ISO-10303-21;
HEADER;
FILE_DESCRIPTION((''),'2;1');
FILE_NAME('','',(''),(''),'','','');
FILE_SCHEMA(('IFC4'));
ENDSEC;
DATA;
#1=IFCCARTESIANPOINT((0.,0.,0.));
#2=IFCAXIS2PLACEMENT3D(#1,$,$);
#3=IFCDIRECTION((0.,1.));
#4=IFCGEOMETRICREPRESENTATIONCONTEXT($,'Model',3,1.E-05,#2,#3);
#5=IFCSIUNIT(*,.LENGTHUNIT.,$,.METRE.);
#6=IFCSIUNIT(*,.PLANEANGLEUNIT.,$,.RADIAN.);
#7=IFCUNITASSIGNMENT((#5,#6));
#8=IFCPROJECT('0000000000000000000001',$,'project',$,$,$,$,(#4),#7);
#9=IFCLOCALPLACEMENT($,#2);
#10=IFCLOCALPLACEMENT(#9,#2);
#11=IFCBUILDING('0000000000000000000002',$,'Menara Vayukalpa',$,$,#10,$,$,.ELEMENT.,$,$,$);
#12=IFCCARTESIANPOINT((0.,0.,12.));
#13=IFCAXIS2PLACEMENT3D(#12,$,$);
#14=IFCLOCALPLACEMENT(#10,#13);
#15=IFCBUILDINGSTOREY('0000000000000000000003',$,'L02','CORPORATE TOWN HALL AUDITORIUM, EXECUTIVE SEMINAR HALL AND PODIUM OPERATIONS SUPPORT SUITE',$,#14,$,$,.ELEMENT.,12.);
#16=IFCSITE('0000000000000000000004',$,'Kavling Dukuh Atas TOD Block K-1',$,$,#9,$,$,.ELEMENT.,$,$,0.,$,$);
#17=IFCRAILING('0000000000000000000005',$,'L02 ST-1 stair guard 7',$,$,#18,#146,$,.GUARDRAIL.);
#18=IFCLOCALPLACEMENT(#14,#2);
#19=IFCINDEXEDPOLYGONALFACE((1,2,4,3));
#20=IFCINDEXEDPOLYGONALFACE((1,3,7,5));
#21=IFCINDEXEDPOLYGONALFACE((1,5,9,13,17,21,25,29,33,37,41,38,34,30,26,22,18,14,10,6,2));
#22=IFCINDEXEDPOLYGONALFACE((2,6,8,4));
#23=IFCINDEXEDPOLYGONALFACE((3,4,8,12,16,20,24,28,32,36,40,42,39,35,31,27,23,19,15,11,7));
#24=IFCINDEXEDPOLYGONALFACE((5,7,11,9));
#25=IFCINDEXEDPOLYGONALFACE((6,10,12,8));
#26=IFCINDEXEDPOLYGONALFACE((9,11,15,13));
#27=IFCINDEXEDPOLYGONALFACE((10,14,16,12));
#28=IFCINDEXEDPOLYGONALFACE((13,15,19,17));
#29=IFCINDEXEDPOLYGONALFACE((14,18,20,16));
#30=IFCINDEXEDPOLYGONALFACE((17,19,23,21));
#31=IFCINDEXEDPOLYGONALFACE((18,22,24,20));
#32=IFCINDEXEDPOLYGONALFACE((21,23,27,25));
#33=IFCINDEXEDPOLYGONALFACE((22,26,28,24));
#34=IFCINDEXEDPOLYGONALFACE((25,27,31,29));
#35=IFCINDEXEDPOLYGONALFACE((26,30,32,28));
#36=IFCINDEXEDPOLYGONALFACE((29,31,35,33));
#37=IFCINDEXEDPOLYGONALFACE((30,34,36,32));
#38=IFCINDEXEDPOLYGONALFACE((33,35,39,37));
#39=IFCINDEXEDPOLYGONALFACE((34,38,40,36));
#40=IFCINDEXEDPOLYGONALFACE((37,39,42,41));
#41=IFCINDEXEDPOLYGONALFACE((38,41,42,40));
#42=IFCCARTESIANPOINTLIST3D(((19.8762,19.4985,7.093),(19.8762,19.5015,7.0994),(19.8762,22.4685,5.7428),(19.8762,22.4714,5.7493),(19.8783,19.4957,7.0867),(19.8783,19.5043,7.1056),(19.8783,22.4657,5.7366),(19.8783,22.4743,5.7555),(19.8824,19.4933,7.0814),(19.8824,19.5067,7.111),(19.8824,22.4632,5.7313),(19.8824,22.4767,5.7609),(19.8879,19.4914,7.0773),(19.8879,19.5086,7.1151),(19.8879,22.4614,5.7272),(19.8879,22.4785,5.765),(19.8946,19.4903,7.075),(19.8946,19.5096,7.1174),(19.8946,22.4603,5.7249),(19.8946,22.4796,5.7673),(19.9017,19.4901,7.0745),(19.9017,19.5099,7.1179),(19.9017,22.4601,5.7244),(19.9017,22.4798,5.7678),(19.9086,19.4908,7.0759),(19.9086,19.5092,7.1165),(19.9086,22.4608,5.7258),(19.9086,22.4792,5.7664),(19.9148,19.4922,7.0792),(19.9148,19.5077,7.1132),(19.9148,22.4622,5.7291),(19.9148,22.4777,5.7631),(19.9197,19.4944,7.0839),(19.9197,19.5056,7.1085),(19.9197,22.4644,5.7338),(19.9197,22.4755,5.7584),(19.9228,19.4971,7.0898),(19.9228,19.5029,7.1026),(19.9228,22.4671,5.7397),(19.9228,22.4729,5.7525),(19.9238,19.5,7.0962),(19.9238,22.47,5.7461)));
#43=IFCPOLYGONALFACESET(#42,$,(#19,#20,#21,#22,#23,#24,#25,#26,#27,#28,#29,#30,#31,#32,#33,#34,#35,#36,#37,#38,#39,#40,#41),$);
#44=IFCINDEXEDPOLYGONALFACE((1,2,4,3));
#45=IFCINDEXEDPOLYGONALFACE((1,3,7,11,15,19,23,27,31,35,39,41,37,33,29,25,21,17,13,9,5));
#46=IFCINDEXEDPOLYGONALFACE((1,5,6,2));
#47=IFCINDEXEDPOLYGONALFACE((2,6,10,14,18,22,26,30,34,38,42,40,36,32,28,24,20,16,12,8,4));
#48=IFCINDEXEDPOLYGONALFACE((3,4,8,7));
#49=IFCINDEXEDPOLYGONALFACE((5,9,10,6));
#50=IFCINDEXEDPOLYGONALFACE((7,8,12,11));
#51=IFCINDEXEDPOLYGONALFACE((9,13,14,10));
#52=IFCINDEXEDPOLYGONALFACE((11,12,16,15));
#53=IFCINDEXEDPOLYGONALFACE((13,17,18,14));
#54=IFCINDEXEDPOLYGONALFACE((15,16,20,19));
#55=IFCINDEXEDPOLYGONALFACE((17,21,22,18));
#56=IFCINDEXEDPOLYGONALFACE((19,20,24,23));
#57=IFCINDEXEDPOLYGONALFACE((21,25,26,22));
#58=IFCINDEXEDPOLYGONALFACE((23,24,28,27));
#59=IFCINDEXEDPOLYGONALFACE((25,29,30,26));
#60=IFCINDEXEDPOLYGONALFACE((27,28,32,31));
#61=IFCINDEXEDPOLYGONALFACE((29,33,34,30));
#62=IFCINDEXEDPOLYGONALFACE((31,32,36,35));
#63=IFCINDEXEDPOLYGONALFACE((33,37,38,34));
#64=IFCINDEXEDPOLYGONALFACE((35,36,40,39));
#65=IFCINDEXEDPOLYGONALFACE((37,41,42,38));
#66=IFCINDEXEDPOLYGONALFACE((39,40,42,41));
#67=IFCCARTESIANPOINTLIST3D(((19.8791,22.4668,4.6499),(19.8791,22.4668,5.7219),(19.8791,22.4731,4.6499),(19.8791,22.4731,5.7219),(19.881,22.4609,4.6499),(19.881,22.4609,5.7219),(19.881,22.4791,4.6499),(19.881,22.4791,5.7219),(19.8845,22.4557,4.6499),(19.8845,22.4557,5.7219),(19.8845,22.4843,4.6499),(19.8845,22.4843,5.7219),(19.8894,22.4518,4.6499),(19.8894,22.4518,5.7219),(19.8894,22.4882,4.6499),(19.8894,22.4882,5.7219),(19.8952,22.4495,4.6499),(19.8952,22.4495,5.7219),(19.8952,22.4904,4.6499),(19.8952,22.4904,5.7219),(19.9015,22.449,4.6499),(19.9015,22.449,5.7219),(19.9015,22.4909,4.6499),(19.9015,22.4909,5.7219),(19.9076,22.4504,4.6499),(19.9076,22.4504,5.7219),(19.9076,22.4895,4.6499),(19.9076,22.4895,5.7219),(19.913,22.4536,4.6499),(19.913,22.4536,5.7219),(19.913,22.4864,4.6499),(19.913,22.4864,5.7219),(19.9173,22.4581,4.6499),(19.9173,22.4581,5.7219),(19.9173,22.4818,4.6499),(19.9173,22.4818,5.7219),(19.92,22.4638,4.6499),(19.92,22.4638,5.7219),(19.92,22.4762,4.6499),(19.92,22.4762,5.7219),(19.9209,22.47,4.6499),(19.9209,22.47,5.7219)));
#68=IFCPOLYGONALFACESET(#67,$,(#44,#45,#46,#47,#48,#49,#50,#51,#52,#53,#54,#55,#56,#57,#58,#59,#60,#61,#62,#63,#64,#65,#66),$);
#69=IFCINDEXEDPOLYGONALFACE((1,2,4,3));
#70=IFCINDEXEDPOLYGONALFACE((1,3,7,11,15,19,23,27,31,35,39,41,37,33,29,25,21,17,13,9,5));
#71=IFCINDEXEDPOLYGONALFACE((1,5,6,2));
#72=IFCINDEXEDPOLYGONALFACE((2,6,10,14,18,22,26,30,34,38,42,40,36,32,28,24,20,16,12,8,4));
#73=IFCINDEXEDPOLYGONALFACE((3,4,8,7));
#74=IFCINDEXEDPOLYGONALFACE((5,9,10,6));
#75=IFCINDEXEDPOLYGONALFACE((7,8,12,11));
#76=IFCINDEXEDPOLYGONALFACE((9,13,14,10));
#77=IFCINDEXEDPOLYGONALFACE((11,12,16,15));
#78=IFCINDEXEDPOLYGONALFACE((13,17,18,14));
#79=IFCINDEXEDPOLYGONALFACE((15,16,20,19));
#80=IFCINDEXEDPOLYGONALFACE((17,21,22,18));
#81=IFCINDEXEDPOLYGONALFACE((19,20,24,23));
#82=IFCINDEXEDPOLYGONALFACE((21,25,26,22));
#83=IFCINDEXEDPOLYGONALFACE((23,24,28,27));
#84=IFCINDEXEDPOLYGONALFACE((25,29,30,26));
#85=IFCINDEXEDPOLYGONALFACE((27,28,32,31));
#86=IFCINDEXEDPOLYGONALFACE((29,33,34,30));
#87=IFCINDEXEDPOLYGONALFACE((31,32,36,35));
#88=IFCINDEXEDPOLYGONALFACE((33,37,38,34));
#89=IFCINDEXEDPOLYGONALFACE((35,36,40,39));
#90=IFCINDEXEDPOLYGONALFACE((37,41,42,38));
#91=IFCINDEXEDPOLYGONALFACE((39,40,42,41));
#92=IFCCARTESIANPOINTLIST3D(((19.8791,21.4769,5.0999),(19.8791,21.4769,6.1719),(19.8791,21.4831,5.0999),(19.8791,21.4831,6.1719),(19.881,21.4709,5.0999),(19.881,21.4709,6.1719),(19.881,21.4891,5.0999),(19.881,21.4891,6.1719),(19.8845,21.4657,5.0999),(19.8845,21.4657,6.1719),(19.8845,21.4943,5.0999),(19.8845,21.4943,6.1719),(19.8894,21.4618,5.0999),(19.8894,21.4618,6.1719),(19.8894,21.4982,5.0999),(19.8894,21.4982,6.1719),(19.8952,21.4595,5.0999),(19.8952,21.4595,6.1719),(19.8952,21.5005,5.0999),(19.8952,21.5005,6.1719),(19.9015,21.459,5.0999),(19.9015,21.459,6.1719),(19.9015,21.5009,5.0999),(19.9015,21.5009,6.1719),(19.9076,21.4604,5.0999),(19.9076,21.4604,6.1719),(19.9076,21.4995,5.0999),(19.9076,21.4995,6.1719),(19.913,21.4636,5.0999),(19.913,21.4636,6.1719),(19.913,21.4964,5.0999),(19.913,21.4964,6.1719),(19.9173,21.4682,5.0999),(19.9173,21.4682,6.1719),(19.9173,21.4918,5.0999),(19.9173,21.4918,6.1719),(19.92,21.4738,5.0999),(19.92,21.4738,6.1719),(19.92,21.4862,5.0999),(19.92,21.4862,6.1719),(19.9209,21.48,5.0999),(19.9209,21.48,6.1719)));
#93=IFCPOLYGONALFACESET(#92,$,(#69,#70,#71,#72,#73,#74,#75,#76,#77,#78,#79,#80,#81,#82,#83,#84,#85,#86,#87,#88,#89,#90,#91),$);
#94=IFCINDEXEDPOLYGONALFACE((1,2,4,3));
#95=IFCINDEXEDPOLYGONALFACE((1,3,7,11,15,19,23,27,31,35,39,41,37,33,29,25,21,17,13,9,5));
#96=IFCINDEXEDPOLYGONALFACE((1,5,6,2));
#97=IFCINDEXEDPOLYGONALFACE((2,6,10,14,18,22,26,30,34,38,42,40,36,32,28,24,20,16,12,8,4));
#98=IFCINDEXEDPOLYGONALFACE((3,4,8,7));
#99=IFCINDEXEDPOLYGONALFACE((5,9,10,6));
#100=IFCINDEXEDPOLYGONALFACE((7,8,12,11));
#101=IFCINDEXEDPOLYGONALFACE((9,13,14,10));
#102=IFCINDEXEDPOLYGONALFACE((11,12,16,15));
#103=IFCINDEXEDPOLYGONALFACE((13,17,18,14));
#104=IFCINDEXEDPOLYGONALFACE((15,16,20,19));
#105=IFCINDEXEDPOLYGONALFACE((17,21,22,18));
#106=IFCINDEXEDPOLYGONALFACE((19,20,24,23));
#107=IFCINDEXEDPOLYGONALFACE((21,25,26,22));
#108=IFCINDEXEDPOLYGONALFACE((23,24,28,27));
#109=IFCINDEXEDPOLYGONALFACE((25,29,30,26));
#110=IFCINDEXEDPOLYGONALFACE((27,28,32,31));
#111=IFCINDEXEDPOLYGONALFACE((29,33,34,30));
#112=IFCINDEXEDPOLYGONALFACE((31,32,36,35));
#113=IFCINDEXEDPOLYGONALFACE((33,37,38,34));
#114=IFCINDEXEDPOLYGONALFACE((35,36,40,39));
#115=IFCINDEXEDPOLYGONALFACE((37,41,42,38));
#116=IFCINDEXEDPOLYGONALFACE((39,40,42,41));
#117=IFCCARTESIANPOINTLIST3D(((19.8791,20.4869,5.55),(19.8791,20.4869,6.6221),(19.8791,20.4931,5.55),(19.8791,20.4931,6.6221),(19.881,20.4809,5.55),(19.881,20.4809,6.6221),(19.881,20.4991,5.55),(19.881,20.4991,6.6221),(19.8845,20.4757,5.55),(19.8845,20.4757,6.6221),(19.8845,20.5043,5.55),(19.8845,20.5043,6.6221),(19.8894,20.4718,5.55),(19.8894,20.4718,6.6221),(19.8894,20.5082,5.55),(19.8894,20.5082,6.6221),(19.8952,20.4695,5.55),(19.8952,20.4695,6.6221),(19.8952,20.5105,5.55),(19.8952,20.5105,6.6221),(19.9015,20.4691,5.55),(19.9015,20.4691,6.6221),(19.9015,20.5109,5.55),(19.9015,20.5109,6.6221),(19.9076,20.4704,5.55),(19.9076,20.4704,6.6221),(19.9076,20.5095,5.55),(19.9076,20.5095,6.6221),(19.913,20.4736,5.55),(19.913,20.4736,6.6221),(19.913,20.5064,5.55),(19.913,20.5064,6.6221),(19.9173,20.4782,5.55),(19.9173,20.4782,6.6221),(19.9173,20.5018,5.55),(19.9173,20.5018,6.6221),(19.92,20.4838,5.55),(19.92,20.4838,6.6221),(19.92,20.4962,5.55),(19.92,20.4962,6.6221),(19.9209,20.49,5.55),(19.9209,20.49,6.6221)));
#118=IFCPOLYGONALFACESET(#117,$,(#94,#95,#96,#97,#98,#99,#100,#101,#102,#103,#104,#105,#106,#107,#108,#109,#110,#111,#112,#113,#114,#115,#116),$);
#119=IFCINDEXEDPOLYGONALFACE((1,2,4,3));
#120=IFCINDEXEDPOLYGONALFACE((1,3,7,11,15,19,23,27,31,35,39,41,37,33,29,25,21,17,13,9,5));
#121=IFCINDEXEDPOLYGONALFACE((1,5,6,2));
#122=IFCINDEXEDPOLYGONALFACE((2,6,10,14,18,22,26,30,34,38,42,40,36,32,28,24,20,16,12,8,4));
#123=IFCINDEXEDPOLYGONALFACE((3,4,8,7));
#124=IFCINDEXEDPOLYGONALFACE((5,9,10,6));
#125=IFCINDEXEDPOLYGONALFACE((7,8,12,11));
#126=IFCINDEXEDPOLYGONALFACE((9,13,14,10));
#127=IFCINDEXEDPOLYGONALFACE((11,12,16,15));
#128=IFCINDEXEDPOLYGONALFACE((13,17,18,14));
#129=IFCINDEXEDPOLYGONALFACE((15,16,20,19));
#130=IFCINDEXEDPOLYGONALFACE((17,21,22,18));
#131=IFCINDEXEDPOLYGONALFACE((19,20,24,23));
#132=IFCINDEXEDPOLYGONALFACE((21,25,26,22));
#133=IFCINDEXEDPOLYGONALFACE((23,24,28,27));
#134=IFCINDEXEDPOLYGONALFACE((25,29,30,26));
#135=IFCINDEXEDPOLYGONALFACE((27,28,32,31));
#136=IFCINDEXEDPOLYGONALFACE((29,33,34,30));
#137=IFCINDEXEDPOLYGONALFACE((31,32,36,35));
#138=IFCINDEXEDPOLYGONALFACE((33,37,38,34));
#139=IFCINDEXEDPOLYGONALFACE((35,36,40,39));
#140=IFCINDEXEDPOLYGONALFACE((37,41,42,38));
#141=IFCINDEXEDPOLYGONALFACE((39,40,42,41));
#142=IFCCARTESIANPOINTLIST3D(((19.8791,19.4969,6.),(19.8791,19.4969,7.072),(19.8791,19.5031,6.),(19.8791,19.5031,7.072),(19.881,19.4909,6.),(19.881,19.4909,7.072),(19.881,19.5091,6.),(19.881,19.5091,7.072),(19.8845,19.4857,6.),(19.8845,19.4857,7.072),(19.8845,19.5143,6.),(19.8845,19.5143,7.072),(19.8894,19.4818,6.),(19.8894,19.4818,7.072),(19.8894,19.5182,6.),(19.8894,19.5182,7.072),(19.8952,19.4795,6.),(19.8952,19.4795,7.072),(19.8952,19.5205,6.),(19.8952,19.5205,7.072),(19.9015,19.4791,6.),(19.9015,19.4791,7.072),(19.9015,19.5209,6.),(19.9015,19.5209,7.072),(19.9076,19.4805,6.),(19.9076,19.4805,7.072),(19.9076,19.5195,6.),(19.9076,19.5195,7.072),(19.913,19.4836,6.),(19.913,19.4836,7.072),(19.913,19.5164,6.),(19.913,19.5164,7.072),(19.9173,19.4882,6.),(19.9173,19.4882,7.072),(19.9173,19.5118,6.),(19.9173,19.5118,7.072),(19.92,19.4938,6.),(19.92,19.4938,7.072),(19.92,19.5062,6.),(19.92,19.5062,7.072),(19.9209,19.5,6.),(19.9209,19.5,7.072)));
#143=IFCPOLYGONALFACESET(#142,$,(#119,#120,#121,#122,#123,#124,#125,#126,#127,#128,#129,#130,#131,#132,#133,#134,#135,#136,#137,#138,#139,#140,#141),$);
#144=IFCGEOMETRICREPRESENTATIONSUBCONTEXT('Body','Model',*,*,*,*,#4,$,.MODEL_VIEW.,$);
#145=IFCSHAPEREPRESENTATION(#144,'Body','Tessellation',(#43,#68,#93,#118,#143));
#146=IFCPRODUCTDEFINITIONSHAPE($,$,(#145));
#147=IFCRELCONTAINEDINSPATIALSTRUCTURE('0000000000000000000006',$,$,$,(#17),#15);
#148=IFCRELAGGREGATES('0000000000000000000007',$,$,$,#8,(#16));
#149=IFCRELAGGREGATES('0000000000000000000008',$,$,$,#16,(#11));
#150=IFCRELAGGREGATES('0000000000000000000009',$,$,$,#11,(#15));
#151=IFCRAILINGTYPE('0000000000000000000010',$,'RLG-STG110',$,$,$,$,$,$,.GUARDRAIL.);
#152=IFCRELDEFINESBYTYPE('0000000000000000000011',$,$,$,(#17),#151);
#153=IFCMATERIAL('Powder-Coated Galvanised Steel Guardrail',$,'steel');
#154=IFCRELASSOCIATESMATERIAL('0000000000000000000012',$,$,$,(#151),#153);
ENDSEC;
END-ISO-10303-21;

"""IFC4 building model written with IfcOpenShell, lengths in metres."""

from ifc_helpers import new_model, si_unit, direction, frame, origin, origin_2d, place, context, subcontext, project, spatial, circle, extrude, material, type_object, element, save


model = new_model("IFC4")

# Units and contexts
model_context = context("Model", 3, precision=1e-05, world=origin(), true_north=direction((0.0, 1.0)))
body_context = subcontext(model_context, "Body", "Model", "MODEL_VIEW")
ifc_project = project(units=[si_unit("LENGTHUNIT", "METRE"), si_unit("PLANEANGLEUNIT", "RADIAN")], contexts=[model_context])

# Site, building, storey
site_placement = place(None, origin())
site = spatial("IfcSite", under=ifc_project, at=site_placement, Name="Kavling Dukuh Atas TOD Block K-1", CompositionType="ELEMENT", RefElevation=0.0)
building_placement = place(site_placement, origin())
building = spatial("IfcBuilding", under=site, at=building_placement, Name="Menara Vayukalpa", CompositionType="ELEMENT")
storey_placement = place(building_placement, frame((0.0, 0.0, 12.0)))
storey = spatial("IfcBuildingStorey", under=building, at=storey_placement, Name="L02", Description="CORPORATE TOWN HALL AUDITORIUM, EXECUTIVE SEMINAR HALL AND PODIUM OPERATIONS SUPPORT SUITE", CompositionType="ELEMENT", Elevation=12.0)

# Railing
ifc_material_1 = material(Name="Powder-Coated Galvanised Steel Guardrail", Category="steel")
railing_type_1 = type_object("IfcRailingType", Name="RLG-STG110", PredefinedType="GUARDRAIL", material=ifc_material_1)
railing_1_placement = place(storey_placement, frame((19.8999, 22.47, 4.6499)))
element("IfcRailing", 1, at=railing_1_placement, inside=storey, type_object=railing_type_1, Name="L02 ST-1 stair guard 7", PredefinedType="GUARDRAIL", context=body_context, shape_type="SweptSolid", body=[
    extrude(circle(Radius=0.0239, at=origin_2d()), frame((0.0, 0.0, 1.0962), z_axis=(0.0, -0.910354, 0.413831), x_axis=(1.0, 0.0, 0.0)), (0.0, 0.0, 1.0), 3.2625),
    extrude(circle(Radius=0.021, at=origin_2d()), origin(), (0.0, 0.0, 1.0), 1.072),
    extrude(circle(Radius=0.021, at=origin_2d()), frame((0.0, -0.99, 0.45)), (0.0, 0.0, 1.0), 1.072),
    extrude(circle(Radius=0.021, at=origin_2d()), frame((0.0, -1.98, 0.9001)), (0.0, 0.0, 1.0), 1.072),
    extrude(circle(Radius=0.021, at=origin_2d()), frame((0.0, -2.97, 1.3501)), (0.0, 0.0, 1.0), 1.072),
])

save(model, "model.ifc")
